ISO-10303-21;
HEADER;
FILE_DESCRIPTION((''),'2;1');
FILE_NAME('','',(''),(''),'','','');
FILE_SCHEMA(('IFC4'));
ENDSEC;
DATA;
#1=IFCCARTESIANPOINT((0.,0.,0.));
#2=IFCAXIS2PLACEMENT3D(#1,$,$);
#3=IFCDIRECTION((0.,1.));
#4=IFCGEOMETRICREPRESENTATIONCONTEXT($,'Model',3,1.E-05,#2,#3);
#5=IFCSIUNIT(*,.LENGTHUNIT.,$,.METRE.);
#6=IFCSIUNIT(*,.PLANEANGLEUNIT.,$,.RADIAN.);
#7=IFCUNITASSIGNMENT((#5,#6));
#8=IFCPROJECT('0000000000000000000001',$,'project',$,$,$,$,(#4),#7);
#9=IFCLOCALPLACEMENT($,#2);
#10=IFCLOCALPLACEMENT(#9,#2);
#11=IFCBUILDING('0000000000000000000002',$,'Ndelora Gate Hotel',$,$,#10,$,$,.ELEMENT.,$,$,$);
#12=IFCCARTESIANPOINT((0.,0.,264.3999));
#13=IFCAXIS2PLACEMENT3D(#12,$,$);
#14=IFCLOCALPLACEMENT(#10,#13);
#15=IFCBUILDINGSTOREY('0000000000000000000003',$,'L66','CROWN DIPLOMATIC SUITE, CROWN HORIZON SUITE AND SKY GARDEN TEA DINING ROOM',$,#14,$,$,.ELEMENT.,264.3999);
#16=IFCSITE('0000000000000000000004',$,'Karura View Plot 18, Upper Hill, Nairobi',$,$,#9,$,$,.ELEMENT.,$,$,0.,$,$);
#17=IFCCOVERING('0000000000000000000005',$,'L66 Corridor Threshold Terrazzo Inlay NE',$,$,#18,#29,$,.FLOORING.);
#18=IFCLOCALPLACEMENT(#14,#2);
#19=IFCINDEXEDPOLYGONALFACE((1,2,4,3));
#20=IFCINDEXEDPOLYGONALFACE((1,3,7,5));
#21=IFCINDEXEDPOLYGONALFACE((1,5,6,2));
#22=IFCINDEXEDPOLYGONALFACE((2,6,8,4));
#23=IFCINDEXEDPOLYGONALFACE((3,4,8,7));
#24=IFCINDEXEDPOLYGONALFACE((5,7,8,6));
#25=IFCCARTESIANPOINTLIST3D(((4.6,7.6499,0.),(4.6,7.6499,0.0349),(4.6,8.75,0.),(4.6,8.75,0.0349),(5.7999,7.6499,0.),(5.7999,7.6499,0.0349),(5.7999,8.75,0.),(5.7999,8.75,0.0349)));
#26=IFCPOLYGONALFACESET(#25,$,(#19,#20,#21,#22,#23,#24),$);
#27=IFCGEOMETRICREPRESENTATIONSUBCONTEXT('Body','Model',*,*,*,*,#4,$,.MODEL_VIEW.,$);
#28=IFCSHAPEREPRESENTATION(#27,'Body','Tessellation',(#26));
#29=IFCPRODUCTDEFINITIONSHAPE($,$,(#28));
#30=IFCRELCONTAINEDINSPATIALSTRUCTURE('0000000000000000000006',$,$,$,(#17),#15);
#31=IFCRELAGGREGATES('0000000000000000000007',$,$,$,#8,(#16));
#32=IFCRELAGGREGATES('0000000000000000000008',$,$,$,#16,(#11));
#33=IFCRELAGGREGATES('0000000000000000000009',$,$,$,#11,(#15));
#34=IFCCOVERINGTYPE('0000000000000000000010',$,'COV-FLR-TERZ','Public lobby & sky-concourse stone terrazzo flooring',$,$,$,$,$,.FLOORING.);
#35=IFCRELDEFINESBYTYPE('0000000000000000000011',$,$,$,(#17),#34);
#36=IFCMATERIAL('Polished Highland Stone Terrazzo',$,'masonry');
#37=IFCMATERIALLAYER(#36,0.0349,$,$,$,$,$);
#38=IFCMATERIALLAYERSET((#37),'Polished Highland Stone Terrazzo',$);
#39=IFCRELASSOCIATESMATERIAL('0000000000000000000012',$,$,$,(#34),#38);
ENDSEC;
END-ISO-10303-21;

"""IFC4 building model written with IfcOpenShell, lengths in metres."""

from ifc_helpers import new_model, si_unit, direction, frame, origin, origin_2d, place, context, subcontext, project, spatial, rectangle, extrude, material, layer, layer_set, type_object, element, save


model = new_model("IFC4")

# Units and contexts
model_context = context("Model", 3, precision=1e-05, world=origin(), true_north=direction((0.0, 1.0)))
body_context = subcontext(model_context, "Body", "Model", "MODEL_VIEW")
ifc_project = project(units=[si_unit("LENGTHUNIT", "METRE"), si_unit("PLANEANGLEUNIT", "RADIAN")], contexts=[model_context])

# Site, building, storey
site_placement = place(None, origin())
site = spatial("IfcSite", under=ifc_project, at=site_placement, Name="Karura View Plot 18, Upper Hill, Nairobi", CompositionType="ELEMENT", RefElevation=0.0)
building_placement = place(site_placement, origin())
building = spatial("IfcBuilding", under=site, at=building_placement, Name="Ndelora Gate Hotel", CompositionType="ELEMENT")
storey_placement = place(building_placement, frame((0.0, 0.0, 264.3999)))
storey = spatial("IfcBuildingStorey", under=building, at=storey_placement, Name="L66", Description="CROWN DIPLOMATIC SUITE, CROWN HORIZON SUITE AND SKY GARDEN TEA DINING ROOM", CompositionType="ELEMENT", Elevation=264.3999)

# Covering
ifc_material_1 = material(Name="Polished Highland Stone Terrazzo", Category="masonry")
ifc_layer_1 = layer(ifc_material_1, 0.0349)
ifc_layer_set_1 = layer_set([ifc_layer_1], Name="Polished Highland Stone Terrazzo")
covering_type_1 = type_object("IfcCoveringType", Name="COV-FLR-TERZ", Description="Public lobby & sky-concourse stone terrazzo flooring", PredefinedType="FLOORING", material=ifc_layer_set_1)
covering_1_placement = place(storey_placement, frame((5.2, 8.2, 0.0), z_axis=(0.0, 0.0, 1.0), x_axis=(1.0, 0.0, 0.0)))
element("IfcCovering", 1, at=covering_1_placement, inside=storey, type_object=covering_type_1, Name="L66 Corridor Threshold Terrazzo Inlay NE", PredefinedType="FLOORING", context=body_context, shape_type="SweptSolid", body=[
    extrude(rectangle(XDim=1.2, YDim=1.1001, at=origin_2d()), origin(), (0.0, 0.0, 1.0), 0.0349),
])

save(model, "model.ifc")
